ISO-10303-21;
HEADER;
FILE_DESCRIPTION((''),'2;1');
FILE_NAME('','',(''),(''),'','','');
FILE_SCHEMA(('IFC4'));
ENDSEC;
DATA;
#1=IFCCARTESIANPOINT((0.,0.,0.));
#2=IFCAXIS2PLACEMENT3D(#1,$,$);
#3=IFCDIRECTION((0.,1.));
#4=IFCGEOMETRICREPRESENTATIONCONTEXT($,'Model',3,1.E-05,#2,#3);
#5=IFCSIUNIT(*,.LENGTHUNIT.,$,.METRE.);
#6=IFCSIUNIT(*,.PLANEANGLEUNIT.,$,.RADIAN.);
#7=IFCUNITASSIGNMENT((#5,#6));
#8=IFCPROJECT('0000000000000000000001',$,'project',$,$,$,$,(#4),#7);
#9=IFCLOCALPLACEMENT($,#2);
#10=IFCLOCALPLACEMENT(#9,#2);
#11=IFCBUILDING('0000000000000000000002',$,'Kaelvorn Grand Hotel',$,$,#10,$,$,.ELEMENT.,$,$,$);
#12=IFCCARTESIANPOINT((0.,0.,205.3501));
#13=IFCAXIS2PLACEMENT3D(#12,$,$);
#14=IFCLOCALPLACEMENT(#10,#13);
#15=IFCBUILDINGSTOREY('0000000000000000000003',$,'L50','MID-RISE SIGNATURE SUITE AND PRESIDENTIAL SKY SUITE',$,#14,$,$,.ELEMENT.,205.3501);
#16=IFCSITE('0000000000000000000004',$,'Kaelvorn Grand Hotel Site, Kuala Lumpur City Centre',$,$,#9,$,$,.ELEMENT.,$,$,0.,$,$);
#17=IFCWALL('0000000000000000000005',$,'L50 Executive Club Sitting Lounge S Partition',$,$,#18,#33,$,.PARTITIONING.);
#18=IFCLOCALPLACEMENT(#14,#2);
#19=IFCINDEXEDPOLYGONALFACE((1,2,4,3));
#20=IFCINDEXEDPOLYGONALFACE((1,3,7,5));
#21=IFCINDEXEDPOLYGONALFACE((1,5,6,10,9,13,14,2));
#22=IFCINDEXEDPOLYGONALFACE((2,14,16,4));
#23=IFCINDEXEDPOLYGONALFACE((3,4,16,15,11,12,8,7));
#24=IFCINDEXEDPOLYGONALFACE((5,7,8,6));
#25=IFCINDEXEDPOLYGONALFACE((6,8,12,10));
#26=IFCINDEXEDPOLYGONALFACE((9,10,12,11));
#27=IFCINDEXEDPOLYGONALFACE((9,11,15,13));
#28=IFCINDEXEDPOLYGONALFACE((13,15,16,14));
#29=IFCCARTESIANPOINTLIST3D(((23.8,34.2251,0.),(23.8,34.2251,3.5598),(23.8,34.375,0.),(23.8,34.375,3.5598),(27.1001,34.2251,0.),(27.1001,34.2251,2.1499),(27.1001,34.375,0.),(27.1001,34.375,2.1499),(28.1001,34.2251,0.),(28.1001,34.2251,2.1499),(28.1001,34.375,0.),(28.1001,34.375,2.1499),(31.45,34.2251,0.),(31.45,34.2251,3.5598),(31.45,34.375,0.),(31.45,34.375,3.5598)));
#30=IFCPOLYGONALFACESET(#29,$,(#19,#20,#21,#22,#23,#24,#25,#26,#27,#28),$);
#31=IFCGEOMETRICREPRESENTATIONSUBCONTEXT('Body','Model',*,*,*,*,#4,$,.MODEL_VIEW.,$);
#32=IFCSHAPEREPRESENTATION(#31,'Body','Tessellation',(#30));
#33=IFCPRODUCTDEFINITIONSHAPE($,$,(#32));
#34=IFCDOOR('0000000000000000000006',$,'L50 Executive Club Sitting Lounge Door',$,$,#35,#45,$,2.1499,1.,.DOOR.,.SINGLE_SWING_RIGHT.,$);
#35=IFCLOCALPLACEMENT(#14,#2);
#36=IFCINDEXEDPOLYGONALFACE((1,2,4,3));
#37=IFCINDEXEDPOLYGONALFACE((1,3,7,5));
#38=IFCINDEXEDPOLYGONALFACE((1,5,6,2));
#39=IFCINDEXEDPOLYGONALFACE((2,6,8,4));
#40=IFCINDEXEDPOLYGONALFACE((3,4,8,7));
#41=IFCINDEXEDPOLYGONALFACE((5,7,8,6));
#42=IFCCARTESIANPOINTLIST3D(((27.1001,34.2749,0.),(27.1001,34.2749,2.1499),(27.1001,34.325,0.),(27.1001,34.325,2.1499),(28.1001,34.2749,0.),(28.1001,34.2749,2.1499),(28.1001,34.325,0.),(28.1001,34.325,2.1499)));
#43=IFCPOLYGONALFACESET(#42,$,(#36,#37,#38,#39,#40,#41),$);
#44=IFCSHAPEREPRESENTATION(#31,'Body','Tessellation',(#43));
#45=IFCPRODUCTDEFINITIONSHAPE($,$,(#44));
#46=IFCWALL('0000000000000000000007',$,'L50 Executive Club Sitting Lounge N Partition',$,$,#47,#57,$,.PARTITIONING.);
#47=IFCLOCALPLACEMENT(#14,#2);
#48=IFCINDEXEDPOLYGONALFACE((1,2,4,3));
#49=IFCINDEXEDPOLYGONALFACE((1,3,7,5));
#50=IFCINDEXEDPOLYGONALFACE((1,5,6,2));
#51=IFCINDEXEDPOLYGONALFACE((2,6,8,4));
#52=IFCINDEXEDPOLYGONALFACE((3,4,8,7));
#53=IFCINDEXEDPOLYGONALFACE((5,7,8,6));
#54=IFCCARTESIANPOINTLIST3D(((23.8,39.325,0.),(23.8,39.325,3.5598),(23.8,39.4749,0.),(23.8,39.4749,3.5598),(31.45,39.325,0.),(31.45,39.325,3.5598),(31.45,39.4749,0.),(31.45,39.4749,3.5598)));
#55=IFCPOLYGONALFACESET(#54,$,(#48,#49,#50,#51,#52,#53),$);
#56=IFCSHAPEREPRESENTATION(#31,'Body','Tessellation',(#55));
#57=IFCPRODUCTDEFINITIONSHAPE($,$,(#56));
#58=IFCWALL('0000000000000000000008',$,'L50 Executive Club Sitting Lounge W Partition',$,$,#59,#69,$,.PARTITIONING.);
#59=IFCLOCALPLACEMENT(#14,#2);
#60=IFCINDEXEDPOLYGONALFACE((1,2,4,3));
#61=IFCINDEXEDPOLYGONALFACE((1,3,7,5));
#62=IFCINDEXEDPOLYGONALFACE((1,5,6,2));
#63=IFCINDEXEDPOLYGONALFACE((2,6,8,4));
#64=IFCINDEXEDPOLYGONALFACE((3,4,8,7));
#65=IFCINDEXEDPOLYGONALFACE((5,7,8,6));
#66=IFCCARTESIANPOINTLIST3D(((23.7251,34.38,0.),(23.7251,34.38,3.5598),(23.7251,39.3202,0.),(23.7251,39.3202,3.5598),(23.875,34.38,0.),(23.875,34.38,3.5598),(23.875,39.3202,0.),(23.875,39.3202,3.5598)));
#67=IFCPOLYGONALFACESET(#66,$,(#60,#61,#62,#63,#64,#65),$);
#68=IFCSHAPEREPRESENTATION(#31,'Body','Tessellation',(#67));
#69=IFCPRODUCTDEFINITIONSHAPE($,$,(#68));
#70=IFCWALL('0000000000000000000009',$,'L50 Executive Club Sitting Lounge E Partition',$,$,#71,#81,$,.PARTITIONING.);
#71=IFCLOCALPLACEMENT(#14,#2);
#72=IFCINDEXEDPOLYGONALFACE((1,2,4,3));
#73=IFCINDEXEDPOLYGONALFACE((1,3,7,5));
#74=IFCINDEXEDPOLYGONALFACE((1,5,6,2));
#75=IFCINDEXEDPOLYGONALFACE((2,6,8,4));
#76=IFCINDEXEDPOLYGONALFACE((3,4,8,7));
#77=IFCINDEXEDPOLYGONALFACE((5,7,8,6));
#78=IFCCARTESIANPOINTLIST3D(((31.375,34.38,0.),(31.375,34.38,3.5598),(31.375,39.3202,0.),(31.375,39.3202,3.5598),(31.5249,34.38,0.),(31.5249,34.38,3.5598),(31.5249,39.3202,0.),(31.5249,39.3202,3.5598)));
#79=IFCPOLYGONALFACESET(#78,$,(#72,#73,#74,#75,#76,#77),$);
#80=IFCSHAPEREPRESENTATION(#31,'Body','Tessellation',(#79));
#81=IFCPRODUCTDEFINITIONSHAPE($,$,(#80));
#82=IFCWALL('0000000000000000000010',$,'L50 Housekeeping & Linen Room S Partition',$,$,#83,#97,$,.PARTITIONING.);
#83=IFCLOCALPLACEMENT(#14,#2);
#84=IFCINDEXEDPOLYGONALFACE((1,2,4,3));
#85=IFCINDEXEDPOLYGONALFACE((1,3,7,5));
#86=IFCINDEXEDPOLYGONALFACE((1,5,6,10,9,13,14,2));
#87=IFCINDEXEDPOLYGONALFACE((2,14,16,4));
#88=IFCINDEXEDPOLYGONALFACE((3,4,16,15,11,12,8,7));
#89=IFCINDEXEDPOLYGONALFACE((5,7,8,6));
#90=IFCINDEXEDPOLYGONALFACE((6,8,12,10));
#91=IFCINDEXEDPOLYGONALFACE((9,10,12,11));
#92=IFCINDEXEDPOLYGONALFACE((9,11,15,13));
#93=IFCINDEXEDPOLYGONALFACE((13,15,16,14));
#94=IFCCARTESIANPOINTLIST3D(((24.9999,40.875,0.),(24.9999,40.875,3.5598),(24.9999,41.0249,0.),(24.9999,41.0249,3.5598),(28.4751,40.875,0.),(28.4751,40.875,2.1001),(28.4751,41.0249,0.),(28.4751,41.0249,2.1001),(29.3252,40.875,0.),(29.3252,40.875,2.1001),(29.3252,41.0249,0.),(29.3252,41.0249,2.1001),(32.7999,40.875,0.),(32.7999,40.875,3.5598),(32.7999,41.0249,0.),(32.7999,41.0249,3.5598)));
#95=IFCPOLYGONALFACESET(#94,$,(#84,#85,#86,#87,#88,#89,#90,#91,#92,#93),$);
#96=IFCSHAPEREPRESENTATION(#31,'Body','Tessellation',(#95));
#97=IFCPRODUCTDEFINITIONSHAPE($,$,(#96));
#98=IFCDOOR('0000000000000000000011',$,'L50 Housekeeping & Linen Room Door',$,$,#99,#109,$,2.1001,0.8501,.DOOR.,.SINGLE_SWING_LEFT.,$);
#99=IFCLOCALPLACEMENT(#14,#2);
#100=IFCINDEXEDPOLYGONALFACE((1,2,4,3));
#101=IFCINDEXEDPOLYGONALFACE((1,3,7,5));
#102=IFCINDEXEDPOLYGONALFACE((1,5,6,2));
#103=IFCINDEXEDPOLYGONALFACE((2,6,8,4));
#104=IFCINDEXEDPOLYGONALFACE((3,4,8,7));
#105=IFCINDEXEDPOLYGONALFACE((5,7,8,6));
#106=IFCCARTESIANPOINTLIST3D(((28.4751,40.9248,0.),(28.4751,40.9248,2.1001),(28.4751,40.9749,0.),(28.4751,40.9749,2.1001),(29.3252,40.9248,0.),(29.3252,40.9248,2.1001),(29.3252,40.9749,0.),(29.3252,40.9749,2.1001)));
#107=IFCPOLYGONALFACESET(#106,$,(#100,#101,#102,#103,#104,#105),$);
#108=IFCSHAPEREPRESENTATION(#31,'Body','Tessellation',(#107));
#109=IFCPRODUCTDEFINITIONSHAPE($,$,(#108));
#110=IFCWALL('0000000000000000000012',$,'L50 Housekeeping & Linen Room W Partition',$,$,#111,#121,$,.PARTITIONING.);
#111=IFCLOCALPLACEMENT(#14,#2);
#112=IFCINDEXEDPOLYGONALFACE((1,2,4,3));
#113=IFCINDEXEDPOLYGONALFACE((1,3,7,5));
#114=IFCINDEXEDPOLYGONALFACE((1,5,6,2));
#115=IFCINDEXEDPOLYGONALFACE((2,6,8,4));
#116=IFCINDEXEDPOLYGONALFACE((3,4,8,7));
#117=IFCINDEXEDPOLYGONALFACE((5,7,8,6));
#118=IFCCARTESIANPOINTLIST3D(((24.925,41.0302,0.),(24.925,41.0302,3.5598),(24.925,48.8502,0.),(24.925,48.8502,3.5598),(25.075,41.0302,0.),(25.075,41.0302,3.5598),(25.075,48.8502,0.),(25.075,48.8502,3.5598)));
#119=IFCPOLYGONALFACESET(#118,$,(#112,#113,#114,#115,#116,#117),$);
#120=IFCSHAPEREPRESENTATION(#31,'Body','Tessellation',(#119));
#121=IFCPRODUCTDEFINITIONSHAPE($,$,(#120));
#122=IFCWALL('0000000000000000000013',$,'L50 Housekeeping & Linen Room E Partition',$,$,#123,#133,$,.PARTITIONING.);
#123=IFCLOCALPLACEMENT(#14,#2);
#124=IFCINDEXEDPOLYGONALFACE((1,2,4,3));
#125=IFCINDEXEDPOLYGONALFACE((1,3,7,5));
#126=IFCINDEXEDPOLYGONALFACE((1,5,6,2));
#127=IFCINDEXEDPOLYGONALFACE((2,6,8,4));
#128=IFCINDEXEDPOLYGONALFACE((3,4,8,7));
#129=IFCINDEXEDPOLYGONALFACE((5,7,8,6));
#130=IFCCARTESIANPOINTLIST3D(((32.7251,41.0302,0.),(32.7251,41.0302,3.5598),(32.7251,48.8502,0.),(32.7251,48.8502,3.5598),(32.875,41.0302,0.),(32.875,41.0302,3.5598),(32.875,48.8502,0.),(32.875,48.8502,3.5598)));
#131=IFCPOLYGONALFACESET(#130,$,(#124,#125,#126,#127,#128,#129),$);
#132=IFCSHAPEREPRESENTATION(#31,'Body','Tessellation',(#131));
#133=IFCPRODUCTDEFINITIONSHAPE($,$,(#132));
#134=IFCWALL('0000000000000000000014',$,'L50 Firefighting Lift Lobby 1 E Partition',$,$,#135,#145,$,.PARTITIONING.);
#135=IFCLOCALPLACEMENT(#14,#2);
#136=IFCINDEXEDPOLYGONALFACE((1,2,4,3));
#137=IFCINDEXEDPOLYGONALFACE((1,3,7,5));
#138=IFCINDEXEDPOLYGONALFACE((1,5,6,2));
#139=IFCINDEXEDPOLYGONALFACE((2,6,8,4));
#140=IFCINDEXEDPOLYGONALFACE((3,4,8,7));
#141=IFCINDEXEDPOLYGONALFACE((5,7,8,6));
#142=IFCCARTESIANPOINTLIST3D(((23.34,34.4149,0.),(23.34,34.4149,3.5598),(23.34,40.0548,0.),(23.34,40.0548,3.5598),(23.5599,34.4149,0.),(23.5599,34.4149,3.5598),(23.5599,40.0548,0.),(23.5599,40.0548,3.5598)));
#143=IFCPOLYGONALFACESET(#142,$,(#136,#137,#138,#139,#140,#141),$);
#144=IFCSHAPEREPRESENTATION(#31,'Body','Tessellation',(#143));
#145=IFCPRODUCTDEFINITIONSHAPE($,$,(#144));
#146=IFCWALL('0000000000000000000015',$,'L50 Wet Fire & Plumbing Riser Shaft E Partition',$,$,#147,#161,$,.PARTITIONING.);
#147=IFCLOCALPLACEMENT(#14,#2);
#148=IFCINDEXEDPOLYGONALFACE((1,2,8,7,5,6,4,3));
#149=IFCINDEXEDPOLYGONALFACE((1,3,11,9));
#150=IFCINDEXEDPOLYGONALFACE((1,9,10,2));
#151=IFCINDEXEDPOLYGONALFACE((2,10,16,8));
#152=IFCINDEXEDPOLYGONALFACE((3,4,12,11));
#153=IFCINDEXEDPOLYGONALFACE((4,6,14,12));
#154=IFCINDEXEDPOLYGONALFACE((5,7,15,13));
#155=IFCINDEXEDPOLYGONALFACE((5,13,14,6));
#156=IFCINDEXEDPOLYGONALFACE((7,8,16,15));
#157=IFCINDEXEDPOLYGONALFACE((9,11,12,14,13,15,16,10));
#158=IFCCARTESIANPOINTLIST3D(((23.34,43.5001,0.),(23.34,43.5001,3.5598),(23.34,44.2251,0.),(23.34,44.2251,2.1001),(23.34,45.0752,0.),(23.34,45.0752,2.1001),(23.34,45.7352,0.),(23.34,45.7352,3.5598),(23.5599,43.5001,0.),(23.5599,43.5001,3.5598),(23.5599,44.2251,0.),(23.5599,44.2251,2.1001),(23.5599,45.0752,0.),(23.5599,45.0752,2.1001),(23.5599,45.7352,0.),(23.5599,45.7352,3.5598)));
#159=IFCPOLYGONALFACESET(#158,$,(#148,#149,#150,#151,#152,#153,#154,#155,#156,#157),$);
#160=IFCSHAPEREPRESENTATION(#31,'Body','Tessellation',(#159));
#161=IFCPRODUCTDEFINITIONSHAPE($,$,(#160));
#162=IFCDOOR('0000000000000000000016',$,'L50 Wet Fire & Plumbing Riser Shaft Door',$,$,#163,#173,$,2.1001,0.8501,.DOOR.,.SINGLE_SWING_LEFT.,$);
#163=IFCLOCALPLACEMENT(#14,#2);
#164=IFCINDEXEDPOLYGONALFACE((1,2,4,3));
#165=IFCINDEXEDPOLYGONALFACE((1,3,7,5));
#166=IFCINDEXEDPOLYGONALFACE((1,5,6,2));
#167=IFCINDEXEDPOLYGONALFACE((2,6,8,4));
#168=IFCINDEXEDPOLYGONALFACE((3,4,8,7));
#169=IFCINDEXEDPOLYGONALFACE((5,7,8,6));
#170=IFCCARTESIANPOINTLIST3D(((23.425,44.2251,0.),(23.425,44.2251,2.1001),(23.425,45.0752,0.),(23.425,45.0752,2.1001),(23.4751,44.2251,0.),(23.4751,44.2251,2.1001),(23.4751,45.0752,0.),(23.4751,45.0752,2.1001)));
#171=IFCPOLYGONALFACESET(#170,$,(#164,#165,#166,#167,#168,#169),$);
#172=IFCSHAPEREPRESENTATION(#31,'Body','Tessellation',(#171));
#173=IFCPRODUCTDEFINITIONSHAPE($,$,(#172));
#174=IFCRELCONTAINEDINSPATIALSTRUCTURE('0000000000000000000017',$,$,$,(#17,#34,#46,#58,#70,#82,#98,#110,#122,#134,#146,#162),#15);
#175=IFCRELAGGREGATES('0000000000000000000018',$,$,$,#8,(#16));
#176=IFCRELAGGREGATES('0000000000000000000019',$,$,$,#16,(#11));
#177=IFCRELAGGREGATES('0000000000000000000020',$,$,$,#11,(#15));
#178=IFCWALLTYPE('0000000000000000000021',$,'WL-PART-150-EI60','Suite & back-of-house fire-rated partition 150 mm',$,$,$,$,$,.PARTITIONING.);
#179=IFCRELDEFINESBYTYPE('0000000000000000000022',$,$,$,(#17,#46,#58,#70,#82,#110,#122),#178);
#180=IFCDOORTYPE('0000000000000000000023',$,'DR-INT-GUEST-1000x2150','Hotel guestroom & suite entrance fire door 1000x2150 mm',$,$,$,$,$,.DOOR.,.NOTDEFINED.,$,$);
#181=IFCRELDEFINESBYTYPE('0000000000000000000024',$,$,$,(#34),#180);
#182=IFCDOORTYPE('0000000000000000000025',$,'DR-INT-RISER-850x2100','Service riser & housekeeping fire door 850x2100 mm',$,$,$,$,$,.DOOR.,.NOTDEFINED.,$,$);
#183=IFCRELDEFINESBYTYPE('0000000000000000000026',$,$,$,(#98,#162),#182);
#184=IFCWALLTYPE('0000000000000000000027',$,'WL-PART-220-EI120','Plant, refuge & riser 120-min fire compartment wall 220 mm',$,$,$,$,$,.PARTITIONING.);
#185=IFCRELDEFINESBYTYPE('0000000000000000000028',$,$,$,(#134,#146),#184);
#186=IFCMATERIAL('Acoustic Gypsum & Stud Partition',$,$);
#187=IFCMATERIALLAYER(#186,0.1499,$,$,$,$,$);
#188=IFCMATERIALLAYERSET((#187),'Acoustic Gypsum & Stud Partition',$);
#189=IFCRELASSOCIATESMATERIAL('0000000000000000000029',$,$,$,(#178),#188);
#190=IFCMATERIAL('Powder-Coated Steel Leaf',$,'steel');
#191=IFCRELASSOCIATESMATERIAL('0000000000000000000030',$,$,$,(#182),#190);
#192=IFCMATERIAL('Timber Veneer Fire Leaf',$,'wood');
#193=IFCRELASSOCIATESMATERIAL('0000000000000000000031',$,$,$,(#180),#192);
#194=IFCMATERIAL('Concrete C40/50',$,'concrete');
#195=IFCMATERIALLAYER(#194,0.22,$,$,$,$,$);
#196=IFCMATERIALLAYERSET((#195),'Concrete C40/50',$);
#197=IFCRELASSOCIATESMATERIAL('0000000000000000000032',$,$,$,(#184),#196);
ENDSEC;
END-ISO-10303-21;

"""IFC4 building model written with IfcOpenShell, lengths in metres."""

from ifc_helpers import new_model, si_unit, direction, frame, frame_2d, origin, place, context, subcontext, project, spatial, rectangle, extrude, material, layer, layer_set, type_object, element, fill, save


model = new_model("IFC4")

# Units and contexts
model_context = context("Model", 3, precision=1e-05, world=origin(), true_north=direction((0.0, 1.0)))
body_context = subcontext(model_context, "Body", "Model", "MODEL_VIEW")
ifc_project = project(units=[si_unit("LENGTHUNIT", "METRE"), si_unit("PLANEANGLEUNIT", "RADIAN")], contexts=[model_context])

# Site, building, storey
site_placement = place(None, origin())
site = spatial("IfcSite", under=ifc_project, at=site_placement, Name="Kaelvorn Grand Hotel Site, Kuala Lumpur City Centre", CompositionType="ELEMENT", RefElevation=0.0)
building_placement = place(site_placement, origin())
building = spatial("IfcBuilding", under=site, at=building_placement, Name="Kaelvorn Grand Hotel", CompositionType="ELEMENT")
storey_placement = place(building_placement, frame((0.0, 0.0, 205.3501)))
storey = spatial("IfcBuildingStorey", under=building, at=storey_placement, Name="L50", Description="MID-RISE SIGNATURE SUITE AND PRESIDENTIAL SKY SUITE", CompositionType="ELEMENT", Elevation=205.3501)

# Shared definitions
ifc_material_1 = material(Name="Acoustic Gypsum & Stud Partition")
ifc_layer_1 = layer(ifc_material_1, 0.1499)
ifc_layer_set_1 = layer_set([ifc_layer_1], Name="Acoustic Gypsum & Stud Partition")
wall_type_1 = type_object("IfcWallType", Name="WL-PART-150-EI60", Description="Suite & back-of-house fire-rated partition 150 mm", PredefinedType="PARTITIONING", material=ifc_layer_set_1)
ifc_material_2 = material(Name="Powder-Coated Steel Leaf", Category="steel")
door_type_1 = type_object("IfcDoorType", Name="DR-INT-RISER-850x2100", Description="Service riser & housekeeping fire door 850x2100 mm", OperationType="NOTDEFINED", PredefinedType="DOOR", material=ifc_material_2)

# Wall, opening, door
wall_1_placement = place(storey_placement, frame((23.8, 34.3, 0.0), z_axis=(0.0, 0.0, 1.0), x_axis=(1.0, 0.0, 0.0)))
wall_1 = element("IfcWall", 1, at=wall_1_placement, inside=storey, type_object=wall_type_1, Name="L50 Executive Club Sitting Lounge S Partition", PredefinedType="PARTITIONING", context=body_context, shape_type="SweptSolid", body=[
    extrude(rectangle(XDim=7.6499, YDim=0.1499, at=frame_2d((3.825, 0.0))), origin(), (0.0, 0.0, 1.0), 3.5598),
])
opening_1_placement = place(wall_1_placement, frame((3.3, 0.0, 0.0)))
opening_1 = element("IfcOpeningElement", 2, at=opening_1_placement, cuts=wall_1, PredefinedType="OPENING", context=body_context, shape_type="SweptSolid", body=[
    extrude(rectangle(XDim=1.0, YDim=2.1499, at=frame_2d((0.5, 1.075))), frame((0.0, 0.085, 0.0), z_axis=(0.0, -1.0, 0.0), x_axis=(1.0, 0.0, 0.0)), (0.0, 0.0, 1.0), 0.1699),
])
ifc_material_3 = material(Name="Timber Veneer Fire Leaf", Category="wood")
door_type_2 = type_object("IfcDoorType", Name="DR-INT-GUEST-1000x2150", Description="Hotel guestroom & suite entrance fire door 1000x2150 mm", OperationType="NOTDEFINED", PredefinedType="DOOR", material=ifc_material_3)
door_1_placement = place(opening_1_placement, origin())
door_1 = element("IfcDoor", 3, at=door_1_placement, inside=storey, type_object=door_type_2, Name="L50 Executive Club Sitting Lounge Door", OperationType="SINGLE_SWING_RIGHT", OverallHeight=2.1499, OverallWidth=1.0, PredefinedType="DOOR", context=body_context, shape_type="SweptSolid", body=[
    extrude(rectangle(XDim=1.0, YDim=2.1499, at=frame_2d((0.5, 1.075))), frame((0.0, 0.0249, 0.0), z_axis=(0.0, -1.0, 0.0), x_axis=(1.0, 0.0, 0.0)), (0.0, 0.0, 1.0), 0.05),
])
fill(opening_1, door_1)

# Walls
wall_2_placement = place(storey_placement, frame((23.8, 39.3999, 0.0), z_axis=(0.0, 0.0, 1.0), x_axis=(1.0, 0.0, 0.0)))
element("IfcWall", 4, at=wall_2_placement, inside=storey, type_object=wall_type_1, Name="L50 Executive Club Sitting Lounge N Partition", PredefinedType="PARTITIONING", context=body_context, shape_type="SweptSolid", body=[
    extrude(rectangle(XDim=7.6499, YDim=0.1499, at=frame_2d((3.825, 0.0))), origin(), (0.0, 0.0, 1.0), 3.5598),
])
for number, where, z_axis, x_axis, name in (
    (5, (23.8, 34.3799, 0.0), (0.0, 0.0, 1.0), (0.0, 1.0, 0.0), "L50 Executive Club Sitting Lounge W Partition"),
    (6, (31.45, 34.3799, 0.0), (0.0, 0.0, 1.0), (0.0, 1.0, 0.0), "L50 Executive Club Sitting Lounge E Partition"),
):
    element("IfcWall", number, at=place(storey_placement, frame(where, z_axis=z_axis, x_axis=x_axis)), inside=storey, type_object=wall_type_1, Name=name, PredefinedType="PARTITIONING", context=body_context, shape_type="SweptSolid", body=[
        extrude(rectangle(XDim=4.9402, YDim=0.1499, at=frame_2d((2.4702, 0.0))), origin(), (0.0, 0.0, 1.0), 3.5598),
    ])

# Wall, opening, door
wall_3_placement = place(storey_placement, frame((25.0, 40.95, 0.0), z_axis=(0.0, 0.0, 1.0), x_axis=(1.0, 0.0, 0.0)))
wall_3 = element("IfcWall", 7, at=wall_3_placement, inside=storey, type_object=wall_type_1, Name="L50 Housekeeping & Linen Room S Partition", PredefinedType="PARTITIONING", context=body_context, shape_type="SweptSolid", body=[
    extrude(rectangle(XDim=7.8, YDim=0.1499, at=frame_2d((3.8999, 0.0))), origin(), (0.0, 0.0, 1.0), 3.5598),
])
opening_2_placement = place(wall_3_placement, frame((3.4751, 0.0, 0.0)))
opening_2 = element("IfcOpeningElement", 8, at=opening_2_placement, cuts=wall_3, PredefinedType="OPENING", context=body_context, shape_type="SweptSolid", body=[
    extrude(rectangle(XDim=0.8501, YDim=2.1001, at=frame_2d((0.425, 1.05))), frame((0.0, 0.085, 0.0), z_axis=(0.0, -1.0, 0.0), x_axis=(1.0, 0.0, 0.0)), (0.0, 0.0, 1.0), 0.1699),
])
door_2_placement = place(opening_2_placement, origin())
door_2 = element("IfcDoor", 9, at=door_2_placement, inside=storey, type_object=door_type_1, Name="L50 Housekeeping & Linen Room Door", OperationType="SINGLE_SWING_LEFT", OverallHeight=2.1001, OverallWidth=0.8501, PredefinedType="DOOR", context=body_context, shape_type="SweptSolid", body=[
    extrude(rectangle(XDim=0.8501, YDim=2.1001, at=frame_2d((0.425, 1.05))), frame((0.0, 0.0249, 0.0), z_axis=(0.0, -1.0, 0.0), x_axis=(1.0, 0.0, 0.0)), (0.0, 0.0, 1.0), 0.05),
])
fill(opening_2, door_2)

# Walls
for number, where, z_axis, x_axis, name in (
    (10, (25.0, 41.03, 0.0), (0.0, 0.0, 1.0), (0.0, 1.0, 0.0), "L50 Housekeeping & Linen Room W Partition"),
    (11, (32.8, 41.03, 0.0), (0.0, 0.0, 1.0), (0.0, 1.0, 0.0), "L50 Housekeeping & Linen Room E Partition"),
):
    element("IfcWall", number, at=place(storey_placement, frame(where, z_axis=z_axis, x_axis=x_axis)), inside=storey, type_object=wall_type_1, Name=name, PredefinedType="PARTITIONING", context=body_context, shape_type="SweptSolid", body=[
        extrude(rectangle(XDim=7.8201, YDim=0.1499, at=frame_2d((3.9102, 0.0))), origin(), (0.0, 0.0, 1.0), 3.5598),
    ])

# Wall
ifc_material_4 = material(Name="Concrete C40/50", Category="concrete")
ifc_layer_2 = layer(ifc_material_4, 0.22)
ifc_layer_set_2 = layer_set([ifc_layer_2], Name="Concrete C40/50")
wall_type_2 = type_object("IfcWallType", Name="WL-PART-220-EI120", Description="Plant, refuge & riser 120-min fire compartment wall 220 mm", PredefinedType="PARTITIONING", material=ifc_layer_set_2)
wall_4_placement = place(storey_placement, frame((23.45, 34.415, 0.0), z_axis=(0.0, 0.0, 1.0), x_axis=(0.0, 1.0, 0.0)))
element("IfcWall", 12, at=wall_4_placement, inside=storey, type_object=wall_type_2, Name="L50 Firefighting Lift Lobby 1 E Partition", PredefinedType="PARTITIONING", context=body_context, shape_type="SweptSolid", body=[
    extrude(rectangle(XDim=5.6399, YDim=0.22, at=frame_2d((2.8198, 0.0))), origin(), (0.0, 0.0, 1.0), 3.5598),
])

# Wall, opening, door
wall_5_placement = place(storey_placement, frame((23.45, 43.5, 0.0), z_axis=(0.0, 0.0, 1.0), x_axis=(0.0, 1.0, 0.0)))
wall_5 = element("IfcWall", 13, at=wall_5_placement, inside=storey, type_object=wall_type_2, Name="L50 Wet Fire & Plumbing Riser Shaft E Partition", PredefinedType="PARTITIONING", context=body_context, shape_type="SweptSolid", body=[
    extrude(rectangle(XDim=2.2351, YDim=0.22, at=frame_2d((1.1177, 0.0))), origin(), (0.0, 0.0, 1.0), 3.5598),
])
opening_3_placement = place(wall_5_placement, frame((0.7251, 0.0, 0.0)))
opening_3 = element("IfcOpeningElement", 14, at=opening_3_placement, cuts=wall_5, PredefinedType="OPENING", context=body_context, shape_type="SweptSolid", body=[
    extrude(rectangle(XDim=0.8501, YDim=2.1001, at=frame_2d((0.425, 1.05))), frame((0.0, 0.1201, 0.0), z_axis=(0.0, -1.0, 0.0), x_axis=(1.0, 0.0, 0.0)), (0.0, 0.0, 1.0), 0.24),
])
door_3_placement = place(opening_3_placement, origin())
door_3 = element("IfcDoor", 15, at=door_3_placement, inside=storey, type_object=door_type_1, Name="L50 Wet Fire & Plumbing Riser Shaft Door", OperationType="SINGLE_SWING_LEFT", OverallHeight=2.1001, OverallWidth=0.8501, PredefinedType="DOOR", context=body_context, shape_type="SweptSolid", body=[
    extrude(rectangle(XDim=0.8501, YDim=2.1001, at=frame_2d((0.425, 1.05))), frame((0.0, 0.0249, 0.0), z_axis=(0.0, -1.0, 0.0), x_axis=(1.0, 0.0, 0.0)), (0.0, 0.0, 1.0), 0.05),
])
fill(opening_3, door_3)

save(model, "model.ifc")
